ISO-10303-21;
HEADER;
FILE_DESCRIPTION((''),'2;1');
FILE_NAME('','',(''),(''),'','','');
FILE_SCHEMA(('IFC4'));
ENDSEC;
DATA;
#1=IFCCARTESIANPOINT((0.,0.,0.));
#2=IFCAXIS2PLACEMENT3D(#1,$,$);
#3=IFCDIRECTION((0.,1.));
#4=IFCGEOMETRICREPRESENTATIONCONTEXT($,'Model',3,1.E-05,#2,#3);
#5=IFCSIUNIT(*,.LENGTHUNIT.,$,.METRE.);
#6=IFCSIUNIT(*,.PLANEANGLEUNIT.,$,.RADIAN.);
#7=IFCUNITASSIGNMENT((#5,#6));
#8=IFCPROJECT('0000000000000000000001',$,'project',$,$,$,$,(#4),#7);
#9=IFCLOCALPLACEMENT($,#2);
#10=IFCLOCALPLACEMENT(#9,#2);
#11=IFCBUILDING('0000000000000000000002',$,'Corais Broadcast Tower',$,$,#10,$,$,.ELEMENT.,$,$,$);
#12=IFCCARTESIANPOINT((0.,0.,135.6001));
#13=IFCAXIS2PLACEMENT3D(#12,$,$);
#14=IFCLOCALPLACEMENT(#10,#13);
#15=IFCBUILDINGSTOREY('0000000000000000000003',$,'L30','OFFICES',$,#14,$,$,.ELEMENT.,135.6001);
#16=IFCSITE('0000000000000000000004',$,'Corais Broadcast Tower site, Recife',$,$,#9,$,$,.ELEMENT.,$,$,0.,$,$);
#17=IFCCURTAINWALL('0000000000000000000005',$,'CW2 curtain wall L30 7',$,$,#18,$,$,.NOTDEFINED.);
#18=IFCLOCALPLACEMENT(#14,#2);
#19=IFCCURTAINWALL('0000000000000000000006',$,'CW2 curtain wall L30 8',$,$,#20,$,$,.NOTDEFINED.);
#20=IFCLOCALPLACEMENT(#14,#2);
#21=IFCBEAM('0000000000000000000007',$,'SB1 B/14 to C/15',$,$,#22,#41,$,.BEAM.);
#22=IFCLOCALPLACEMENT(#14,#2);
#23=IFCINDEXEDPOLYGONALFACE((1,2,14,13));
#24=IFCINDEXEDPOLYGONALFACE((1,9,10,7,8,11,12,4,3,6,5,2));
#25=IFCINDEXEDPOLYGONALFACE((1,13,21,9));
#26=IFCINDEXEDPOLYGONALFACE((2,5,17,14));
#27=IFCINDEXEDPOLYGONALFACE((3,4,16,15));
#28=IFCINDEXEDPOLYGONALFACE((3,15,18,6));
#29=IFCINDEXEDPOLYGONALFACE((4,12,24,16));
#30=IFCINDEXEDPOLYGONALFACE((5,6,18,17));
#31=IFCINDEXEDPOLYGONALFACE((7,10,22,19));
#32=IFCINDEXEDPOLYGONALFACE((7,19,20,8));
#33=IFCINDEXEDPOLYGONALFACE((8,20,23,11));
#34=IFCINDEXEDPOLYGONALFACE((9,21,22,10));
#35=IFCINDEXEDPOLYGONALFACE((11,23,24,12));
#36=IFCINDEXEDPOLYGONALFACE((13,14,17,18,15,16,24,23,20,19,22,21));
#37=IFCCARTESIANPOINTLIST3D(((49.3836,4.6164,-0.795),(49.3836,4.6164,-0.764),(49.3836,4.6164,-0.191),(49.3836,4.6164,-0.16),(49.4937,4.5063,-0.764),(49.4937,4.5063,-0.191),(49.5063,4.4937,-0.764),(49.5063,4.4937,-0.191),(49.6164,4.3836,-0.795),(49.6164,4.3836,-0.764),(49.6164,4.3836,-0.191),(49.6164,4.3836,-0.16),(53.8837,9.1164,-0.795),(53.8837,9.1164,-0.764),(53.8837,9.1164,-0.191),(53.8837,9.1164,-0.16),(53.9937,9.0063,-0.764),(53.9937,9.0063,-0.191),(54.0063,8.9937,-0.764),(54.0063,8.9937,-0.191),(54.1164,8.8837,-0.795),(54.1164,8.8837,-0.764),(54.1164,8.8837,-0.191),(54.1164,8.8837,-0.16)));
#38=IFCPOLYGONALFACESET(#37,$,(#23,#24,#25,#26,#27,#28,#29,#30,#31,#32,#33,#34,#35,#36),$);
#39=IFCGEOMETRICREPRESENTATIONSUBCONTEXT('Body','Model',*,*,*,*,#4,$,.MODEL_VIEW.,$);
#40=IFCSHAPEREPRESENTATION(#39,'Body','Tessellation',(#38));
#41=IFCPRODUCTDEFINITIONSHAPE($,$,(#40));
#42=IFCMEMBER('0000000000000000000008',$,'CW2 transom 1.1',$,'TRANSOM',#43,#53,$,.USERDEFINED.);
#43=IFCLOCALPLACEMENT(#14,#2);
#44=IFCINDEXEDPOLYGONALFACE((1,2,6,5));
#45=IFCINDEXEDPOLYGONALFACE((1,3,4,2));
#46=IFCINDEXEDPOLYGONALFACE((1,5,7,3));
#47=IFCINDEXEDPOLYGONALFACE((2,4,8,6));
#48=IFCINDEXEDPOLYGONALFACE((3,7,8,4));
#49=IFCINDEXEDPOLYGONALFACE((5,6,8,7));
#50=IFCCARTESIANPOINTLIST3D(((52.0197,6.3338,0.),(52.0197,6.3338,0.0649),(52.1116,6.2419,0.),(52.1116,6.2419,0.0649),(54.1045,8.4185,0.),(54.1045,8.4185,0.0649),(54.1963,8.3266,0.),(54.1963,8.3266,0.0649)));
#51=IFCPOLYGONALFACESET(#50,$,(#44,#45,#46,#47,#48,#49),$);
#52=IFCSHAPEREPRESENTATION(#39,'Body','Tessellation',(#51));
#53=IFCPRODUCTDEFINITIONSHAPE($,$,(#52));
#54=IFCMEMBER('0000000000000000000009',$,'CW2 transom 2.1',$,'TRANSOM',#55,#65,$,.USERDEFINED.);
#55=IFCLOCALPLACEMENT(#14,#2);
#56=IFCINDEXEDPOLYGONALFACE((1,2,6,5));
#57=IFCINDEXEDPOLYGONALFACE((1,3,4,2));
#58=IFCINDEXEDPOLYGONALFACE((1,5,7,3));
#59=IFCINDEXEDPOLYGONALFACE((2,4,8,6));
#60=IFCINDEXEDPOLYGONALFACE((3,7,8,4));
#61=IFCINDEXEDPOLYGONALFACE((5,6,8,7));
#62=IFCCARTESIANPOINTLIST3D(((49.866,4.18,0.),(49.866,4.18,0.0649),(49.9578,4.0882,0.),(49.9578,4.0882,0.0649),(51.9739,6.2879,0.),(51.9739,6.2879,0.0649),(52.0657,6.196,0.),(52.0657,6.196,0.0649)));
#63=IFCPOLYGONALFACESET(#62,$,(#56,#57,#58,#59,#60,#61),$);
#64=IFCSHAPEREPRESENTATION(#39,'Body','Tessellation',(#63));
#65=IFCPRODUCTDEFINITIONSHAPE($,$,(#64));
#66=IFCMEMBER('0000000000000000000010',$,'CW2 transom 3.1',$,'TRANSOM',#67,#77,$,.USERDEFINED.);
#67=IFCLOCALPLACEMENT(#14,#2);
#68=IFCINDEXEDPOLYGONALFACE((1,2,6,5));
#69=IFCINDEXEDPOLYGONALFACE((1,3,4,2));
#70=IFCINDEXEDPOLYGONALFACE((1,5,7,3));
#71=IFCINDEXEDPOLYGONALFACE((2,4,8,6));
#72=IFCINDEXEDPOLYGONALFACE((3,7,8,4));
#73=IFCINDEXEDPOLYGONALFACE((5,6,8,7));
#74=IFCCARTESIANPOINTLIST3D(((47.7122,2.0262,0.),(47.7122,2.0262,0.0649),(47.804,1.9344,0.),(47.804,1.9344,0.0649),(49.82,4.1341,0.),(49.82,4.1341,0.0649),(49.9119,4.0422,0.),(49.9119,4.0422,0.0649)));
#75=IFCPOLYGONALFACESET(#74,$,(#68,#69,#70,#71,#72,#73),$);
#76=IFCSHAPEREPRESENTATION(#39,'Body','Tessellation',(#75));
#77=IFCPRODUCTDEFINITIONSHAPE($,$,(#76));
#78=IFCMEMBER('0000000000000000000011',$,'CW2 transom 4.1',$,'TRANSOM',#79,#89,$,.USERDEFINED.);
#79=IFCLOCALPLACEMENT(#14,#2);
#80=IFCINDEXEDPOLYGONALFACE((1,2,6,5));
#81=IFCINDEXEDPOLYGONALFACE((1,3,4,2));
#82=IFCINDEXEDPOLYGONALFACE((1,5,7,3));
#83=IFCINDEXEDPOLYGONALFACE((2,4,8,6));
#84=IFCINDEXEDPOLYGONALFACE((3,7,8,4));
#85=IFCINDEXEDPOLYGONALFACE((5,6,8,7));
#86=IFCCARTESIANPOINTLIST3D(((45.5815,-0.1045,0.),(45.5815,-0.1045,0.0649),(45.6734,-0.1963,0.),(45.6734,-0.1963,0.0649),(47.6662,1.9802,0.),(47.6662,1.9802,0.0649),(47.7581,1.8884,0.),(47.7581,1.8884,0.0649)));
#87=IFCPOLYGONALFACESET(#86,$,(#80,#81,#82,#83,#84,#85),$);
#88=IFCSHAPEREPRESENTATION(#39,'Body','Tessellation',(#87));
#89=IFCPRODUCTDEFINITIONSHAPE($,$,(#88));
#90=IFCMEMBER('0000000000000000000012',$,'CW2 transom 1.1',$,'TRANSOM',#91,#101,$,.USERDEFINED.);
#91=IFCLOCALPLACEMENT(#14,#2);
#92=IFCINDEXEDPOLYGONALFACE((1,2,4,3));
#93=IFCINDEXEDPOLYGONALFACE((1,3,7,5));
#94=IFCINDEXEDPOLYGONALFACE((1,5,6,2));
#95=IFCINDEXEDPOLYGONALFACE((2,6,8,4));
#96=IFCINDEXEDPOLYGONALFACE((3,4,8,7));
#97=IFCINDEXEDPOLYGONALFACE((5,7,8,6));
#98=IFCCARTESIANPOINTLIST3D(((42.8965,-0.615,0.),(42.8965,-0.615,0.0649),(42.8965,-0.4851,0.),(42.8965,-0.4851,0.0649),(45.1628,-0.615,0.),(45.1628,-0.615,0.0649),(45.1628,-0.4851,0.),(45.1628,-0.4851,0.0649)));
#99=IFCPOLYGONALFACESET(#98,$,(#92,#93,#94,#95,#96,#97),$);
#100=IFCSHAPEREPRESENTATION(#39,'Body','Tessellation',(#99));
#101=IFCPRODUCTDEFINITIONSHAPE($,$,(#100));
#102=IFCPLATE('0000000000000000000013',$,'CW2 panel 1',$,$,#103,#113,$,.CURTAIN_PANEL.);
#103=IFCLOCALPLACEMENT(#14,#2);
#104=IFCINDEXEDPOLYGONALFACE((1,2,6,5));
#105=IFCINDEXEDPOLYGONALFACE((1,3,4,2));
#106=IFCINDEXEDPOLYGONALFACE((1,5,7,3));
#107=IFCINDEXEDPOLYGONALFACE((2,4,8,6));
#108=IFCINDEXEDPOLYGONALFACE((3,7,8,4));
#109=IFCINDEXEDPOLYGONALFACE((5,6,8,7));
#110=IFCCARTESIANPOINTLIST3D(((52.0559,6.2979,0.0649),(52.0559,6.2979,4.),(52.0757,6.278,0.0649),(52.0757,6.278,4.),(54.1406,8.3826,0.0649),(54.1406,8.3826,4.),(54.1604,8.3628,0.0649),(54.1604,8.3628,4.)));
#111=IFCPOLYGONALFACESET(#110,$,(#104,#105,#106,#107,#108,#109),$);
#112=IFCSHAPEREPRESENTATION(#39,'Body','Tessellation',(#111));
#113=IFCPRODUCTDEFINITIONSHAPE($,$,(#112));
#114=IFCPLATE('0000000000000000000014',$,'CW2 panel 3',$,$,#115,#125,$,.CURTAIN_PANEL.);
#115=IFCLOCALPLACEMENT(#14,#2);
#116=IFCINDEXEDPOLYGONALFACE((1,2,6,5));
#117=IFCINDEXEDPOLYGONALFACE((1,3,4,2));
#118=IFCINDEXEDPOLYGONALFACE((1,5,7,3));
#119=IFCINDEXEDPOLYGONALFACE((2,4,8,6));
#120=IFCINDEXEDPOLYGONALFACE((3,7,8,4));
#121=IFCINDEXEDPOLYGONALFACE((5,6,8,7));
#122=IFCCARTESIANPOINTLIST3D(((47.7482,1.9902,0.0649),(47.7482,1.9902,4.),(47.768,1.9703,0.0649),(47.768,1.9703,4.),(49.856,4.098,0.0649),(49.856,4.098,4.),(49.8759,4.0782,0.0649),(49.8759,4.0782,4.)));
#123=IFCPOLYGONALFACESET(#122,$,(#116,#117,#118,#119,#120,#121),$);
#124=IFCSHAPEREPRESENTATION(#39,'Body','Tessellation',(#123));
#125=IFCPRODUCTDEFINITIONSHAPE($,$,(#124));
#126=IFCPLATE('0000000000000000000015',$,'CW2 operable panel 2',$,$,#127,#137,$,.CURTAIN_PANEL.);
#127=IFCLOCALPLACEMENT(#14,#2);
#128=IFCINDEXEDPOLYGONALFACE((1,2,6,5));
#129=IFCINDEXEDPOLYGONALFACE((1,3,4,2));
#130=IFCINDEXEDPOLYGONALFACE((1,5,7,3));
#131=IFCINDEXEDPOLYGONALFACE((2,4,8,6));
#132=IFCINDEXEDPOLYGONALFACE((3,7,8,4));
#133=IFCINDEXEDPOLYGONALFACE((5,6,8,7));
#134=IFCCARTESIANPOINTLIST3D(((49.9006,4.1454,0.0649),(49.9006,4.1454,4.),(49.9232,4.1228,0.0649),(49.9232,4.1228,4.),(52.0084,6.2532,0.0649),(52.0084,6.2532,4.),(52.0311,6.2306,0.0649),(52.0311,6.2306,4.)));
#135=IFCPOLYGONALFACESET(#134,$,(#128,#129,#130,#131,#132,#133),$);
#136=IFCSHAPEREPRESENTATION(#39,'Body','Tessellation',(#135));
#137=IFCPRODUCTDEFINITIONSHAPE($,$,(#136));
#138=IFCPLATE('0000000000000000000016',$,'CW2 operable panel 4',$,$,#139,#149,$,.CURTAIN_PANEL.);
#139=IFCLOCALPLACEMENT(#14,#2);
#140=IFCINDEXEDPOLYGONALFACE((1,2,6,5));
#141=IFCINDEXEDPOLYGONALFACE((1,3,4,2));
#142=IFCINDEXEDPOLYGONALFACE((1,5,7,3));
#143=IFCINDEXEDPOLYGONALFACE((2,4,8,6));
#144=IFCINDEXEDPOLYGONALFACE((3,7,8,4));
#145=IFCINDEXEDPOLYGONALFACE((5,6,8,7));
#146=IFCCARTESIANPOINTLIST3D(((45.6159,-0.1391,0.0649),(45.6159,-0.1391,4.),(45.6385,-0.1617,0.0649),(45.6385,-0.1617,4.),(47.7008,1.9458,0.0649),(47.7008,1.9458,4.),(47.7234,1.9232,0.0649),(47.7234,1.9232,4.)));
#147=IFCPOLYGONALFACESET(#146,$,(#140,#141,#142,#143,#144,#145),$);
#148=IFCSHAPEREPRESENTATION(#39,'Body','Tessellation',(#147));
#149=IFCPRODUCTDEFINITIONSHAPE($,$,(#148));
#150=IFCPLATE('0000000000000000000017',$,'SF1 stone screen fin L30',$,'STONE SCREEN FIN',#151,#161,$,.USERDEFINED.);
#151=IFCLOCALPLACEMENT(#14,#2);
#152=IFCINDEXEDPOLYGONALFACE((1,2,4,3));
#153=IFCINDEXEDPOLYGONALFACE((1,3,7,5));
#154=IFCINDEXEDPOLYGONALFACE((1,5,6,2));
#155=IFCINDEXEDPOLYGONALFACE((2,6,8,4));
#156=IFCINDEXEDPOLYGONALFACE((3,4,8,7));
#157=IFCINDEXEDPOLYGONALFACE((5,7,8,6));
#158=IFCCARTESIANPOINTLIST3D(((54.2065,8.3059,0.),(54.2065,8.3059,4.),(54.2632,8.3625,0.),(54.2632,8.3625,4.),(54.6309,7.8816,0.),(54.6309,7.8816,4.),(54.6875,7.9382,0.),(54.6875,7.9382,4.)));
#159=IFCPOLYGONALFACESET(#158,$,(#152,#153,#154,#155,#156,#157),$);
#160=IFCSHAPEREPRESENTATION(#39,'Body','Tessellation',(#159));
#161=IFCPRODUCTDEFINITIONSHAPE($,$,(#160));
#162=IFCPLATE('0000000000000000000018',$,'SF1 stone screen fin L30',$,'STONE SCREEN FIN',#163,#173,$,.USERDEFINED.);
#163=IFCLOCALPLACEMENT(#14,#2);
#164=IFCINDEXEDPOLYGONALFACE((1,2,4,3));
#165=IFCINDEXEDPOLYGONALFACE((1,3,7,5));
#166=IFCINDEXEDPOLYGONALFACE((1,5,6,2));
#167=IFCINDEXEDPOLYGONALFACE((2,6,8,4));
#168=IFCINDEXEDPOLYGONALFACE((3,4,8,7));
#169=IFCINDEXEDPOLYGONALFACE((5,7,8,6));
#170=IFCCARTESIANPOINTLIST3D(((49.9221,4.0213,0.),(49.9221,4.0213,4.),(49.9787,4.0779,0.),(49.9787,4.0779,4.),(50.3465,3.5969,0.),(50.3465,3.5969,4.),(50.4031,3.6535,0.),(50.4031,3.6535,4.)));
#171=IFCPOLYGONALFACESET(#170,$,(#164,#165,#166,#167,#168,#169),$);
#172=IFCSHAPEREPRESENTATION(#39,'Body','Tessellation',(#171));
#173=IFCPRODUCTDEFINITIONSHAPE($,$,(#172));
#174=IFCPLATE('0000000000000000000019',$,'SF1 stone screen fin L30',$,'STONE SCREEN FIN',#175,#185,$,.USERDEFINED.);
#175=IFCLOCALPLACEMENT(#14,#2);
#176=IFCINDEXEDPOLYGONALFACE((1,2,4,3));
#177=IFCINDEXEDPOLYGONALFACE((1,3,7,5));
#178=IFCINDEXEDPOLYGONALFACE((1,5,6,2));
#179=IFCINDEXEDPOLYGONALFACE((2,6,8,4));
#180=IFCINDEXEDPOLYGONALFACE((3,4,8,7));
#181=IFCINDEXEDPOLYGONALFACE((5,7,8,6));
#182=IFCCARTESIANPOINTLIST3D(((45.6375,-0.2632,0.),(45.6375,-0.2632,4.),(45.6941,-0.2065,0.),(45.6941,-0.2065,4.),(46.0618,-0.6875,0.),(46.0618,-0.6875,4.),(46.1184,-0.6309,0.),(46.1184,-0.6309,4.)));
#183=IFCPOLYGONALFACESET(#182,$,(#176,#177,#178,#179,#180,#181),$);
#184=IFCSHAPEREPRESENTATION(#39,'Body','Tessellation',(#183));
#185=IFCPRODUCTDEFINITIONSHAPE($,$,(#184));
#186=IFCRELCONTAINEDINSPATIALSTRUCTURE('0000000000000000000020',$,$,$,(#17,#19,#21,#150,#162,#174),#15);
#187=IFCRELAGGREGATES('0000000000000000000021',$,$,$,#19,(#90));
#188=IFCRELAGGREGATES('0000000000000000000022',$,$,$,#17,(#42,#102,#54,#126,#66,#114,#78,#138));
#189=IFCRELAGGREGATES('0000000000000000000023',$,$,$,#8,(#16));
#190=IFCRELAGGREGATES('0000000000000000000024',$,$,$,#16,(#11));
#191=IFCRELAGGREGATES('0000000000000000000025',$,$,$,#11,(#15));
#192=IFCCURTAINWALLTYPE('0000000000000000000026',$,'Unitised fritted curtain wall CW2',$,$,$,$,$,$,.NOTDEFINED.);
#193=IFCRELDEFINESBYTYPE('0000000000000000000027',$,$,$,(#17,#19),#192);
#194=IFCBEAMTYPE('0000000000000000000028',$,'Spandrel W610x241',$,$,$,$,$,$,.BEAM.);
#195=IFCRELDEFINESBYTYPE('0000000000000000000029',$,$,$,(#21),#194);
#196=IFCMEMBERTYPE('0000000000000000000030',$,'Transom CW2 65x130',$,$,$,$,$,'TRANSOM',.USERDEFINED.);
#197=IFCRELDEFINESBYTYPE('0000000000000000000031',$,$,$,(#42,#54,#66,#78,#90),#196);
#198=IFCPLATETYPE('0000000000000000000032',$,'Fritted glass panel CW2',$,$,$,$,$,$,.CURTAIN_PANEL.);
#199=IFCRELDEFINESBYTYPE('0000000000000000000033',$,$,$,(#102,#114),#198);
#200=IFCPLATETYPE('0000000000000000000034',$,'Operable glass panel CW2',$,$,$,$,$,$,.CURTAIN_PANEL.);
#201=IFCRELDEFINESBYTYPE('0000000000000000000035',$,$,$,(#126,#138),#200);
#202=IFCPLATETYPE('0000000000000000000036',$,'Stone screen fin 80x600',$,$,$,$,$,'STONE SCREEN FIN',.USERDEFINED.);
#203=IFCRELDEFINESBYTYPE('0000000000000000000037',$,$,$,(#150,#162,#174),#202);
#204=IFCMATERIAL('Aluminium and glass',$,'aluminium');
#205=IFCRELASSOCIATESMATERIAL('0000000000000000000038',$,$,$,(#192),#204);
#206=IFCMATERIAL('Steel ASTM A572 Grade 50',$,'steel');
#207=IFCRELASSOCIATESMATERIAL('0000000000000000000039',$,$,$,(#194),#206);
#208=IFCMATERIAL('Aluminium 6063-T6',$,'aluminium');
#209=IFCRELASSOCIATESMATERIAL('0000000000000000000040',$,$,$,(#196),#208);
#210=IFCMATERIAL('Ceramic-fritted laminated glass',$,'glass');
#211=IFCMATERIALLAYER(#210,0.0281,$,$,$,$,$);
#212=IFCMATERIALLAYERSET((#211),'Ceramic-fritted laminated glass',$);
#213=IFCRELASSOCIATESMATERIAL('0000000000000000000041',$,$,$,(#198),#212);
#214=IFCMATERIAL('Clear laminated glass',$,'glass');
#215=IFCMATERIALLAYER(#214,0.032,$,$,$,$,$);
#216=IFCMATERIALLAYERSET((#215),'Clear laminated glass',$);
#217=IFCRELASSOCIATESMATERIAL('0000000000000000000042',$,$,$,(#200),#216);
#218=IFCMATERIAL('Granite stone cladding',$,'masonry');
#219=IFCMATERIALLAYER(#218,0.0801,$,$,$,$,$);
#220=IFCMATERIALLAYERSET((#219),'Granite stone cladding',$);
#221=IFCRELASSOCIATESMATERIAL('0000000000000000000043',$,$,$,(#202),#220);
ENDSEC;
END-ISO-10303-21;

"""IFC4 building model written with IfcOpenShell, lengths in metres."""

from ifc_helpers import new_model, si_unit, direction, frame, origin, origin_2d, place, context, subcontext, project, spatial, rectangle, i_section, extrude, material, layer, layer_set, material_profile, profile_set, type_object, element, aggregate, save


model = new_model("IFC4")

# Units and contexts
model_context = context("Model", 3, precision=1e-05, world=origin(), true_north=direction((0.0, 1.0)))
body_context = subcontext(model_context, "Body", "Model", "MODEL_VIEW")
ifc_project = project(units=[si_unit("LENGTHUNIT", "METRE"), si_unit("PLANEANGLEUNIT", "RADIAN")], contexts=[model_context])

# Site, building, storey
site_placement = place(None, origin())
site = spatial("IfcSite", under=ifc_project, at=site_placement, Name="Corais Broadcast Tower site, Recife", CompositionType="ELEMENT", RefElevation=0.0)
building_placement = place(site_placement, origin())
building = spatial("IfcBuilding", under=site, at=building_placement, Name="Corais Broadcast Tower", CompositionType="ELEMENT")
storey_placement = place(building_placement, frame((0.0, 0.0, 135.6001)))
storey = spatial("IfcBuildingStorey", under=building, at=storey_placement, Name="L30", Description="OFFICES", CompositionType="ELEMENT", Elevation=135.6001)

# Shared definitions
ifc_material_1 = material(Name="Aluminium and glass", Category="aluminium")
curtain_wall_type = type_object("IfcCurtainWallType", Name="Unitised fritted curtain wall CW2", PredefinedType="NOTDEFINED", material=ifc_material_1)

# Curtain wall
curtain_wall_1_placement = place(storey_placement, origin())
curtain_wall_1 = element("IfcCurtainWall", 1, at=curtain_wall_1_placement, inside=storey, type_object=curtain_wall_type, Name="CW2 curtain wall L30 7", PredefinedType="NOTDEFINED")

# Curtain wall
curtain_wall_2_placement = place(storey_placement, origin())
curtain_wall_2 = element("IfcCurtainWall", 2, at=curtain_wall_2_placement, inside=storey, type_object=curtain_wall_type, Name="CW2 curtain wall L30 8", PredefinedType="NOTDEFINED")

# Beam
ifc_material_2 = material(Name="Steel ASTM A572 Grade 50", Category="steel")
ifc_material_profile_1 = material_profile(ifc_material_2, i_section(OverallWidth=0.3291, OverallDepth=0.635, WebThickness=0.0178, FlangeThickness=0.031, at=origin_2d()), Name="W610x241")
ifc_profile_set_1 = profile_set([ifc_material_profile_1], Name="Steel ASTM A572 Grade 50")
beam_type_1 = type_object("IfcBeamType", Name="Spandrel W610x241", PredefinedType="BEAM", material=ifc_profile_set_1)
beam_1_placement = place(storey_placement, frame((49.5, 4.5, -0.4775), z_axis=(0.707107, 0.707107, 0.0), x_axis=(-0.707107, 0.707107, 0.0)))
element("IfcBeam", 3, at=beam_1_placement, inside=storey, type_object=beam_type_1, Name="SB1 B/14 to C/15", PredefinedType="BEAM", context=body_context, shape_type="SweptSolid", body=[
    extrude(i_section(OverallWidth=0.3291, OverallDepth=0.635, WebThickness=0.0178, FlangeThickness=0.031, at=origin_2d()), origin(), (0.0, 0.0, 1.0), 6.364),
])

# Members
ifc_material_3 = material(Name="Aluminium 6063-T6", Category="aluminium")
ifc_material_profile_2 = material_profile(ifc_material_3, rectangle(XDim=0.1299, YDim=0.0649, at=origin_2d()), Name="Transom CW2 65x130")
ifc_profile_set_2 = profile_set([ifc_material_profile_2], Name="Aluminium 6063-T6")
member_type_1 = type_object("IfcMemberType", Name="Transom CW2 65x130", ElementType="TRANSOM", PredefinedType="USERDEFINED", material=ifc_profile_set_2)
member_1_placement = place(storey_placement, frame((54.1504, 8.3726, 0.0325), z_axis=(-0.707107, -0.707107, 0.0), x_axis=(0.707107, -0.707107, 0.0)))
member_1 = element("IfcMember", 4, at=member_1_placement, type_object=member_type_1, Name="CW2 transom 1.1", ObjectType="TRANSOM", PredefinedType="USERDEFINED", context=body_context, shape_type="SweptSolid", body=[
    extrude(rectangle(XDim=0.1299, YDim=0.0649, at=origin_2d()), origin(), (0.0, 0.0, 1.0), 2.9482),
])
member_2_placement = place(storey_placement, frame((52.0198, 6.2419, 0.0325), z_axis=(-0.707107, -0.707107, 0.0), x_axis=(0.707107, -0.707107, 0.0)))
member_2 = element("IfcMember", 5, at=member_2_placement, type_object=member_type_1, Name="CW2 transom 2.1", ObjectType="TRANSOM", PredefinedType="USERDEFINED", context=body_context, shape_type="SweptSolid", body=[
    extrude(rectangle(XDim=0.1299, YDim=0.0649, at=origin_2d()), origin(), (0.0, 0.0, 1.0), 2.981),
])
member_3_placement = place(storey_placement, frame((49.866, 4.0881, 0.0325), z_axis=(-0.707107, -0.707107, 0.0), x_axis=(0.707107, -0.707107, 0.0)))
member_3 = element("IfcMember", 6, at=member_3_placement, type_object=member_type_1, Name="CW2 transom 3.1", ObjectType="TRANSOM", PredefinedType="USERDEFINED", context=body_context, shape_type="SweptSolid", body=[
    extrude(rectangle(XDim=0.1299, YDim=0.0649, at=origin_2d()), origin(), (0.0, 0.0, 1.0), 2.981),
])
member_4_placement = place(storey_placement, frame((47.7122, 1.9343, 0.0325), z_axis=(-0.707107, -0.707107, 0.0), x_axis=(0.707107, -0.707107, 0.0)))
member_4 = element("IfcMember", 7, at=member_4_placement, type_object=member_type_1, Name="CW2 transom 4.1", ObjectType="TRANSOM", PredefinedType="USERDEFINED", context=body_context, shape_type="SweptSolid", body=[
    extrude(rectangle(XDim=0.1299, YDim=0.0649, at=origin_2d()), origin(), (0.0, 0.0, 1.0), 2.9482),
])
member_5_placement = place(storey_placement, frame((45.1628, -0.55, 0.0325), z_axis=(-1.0, 0.0, 0.0), x_axis=(0.0, -1.0, 0.0)))
member_5 = element("IfcMember", 8, at=member_5_placement, type_object=member_type_1, Name="CW2 transom 1.1", ObjectType="TRANSOM", PredefinedType="USERDEFINED", context=body_context, shape_type="SweptSolid", body=[
    extrude(rectangle(XDim=0.1299, YDim=0.0649, at=origin_2d()), origin(), (0.0, 0.0, 1.0), 2.2664),
])
aggregate(curtain_wall_2, [member_5])

# Plates
ifc_material_4 = material(Name="Ceramic-fritted laminated glass", Category="glass")
ifc_layer_1 = layer(ifc_material_4, 0.0281)
ifc_layer_set_1 = layer_set([ifc_layer_1], Name="Ceramic-fritted laminated glass")
plate_type_1 = type_object("IfcPlateType", Name="Fritted glass panel CW2", PredefinedType="CURTAIN_PANEL", material=ifc_layer_set_1)
plate_1_placement = place(storey_placement, frame((53.1082, 7.3303, 0.0649), z_axis=(0.0, 0.0, 1.0), x_axis=(-0.707107, -0.707107, 0.0)))
plate_1 = element("IfcPlate", 9, at=plate_1_placement, type_object=plate_type_1, Name="CW2 panel 1", PredefinedType="CURTAIN_PANEL", context=body_context, shape_type="SweptSolid", body=[
    extrude(rectangle(XDim=2.9482, YDim=0.0281, at=origin_2d()), origin(), (0.0, 0.0, 1.0), 3.9351),
])
plate_2_placement = place(storey_placement, frame((48.812, 3.0342, 0.0649), z_axis=(0.0, 0.0, 1.0), x_axis=(-0.707107, -0.707107, 0.0)))
plate_2 = element("IfcPlate", 10, at=plate_2_placement, type_object=plate_type_1, Name="CW2 panel 3", PredefinedType="CURTAIN_PANEL", context=body_context, shape_type="SweptSolid", body=[
    extrude(rectangle(XDim=2.981, YDim=0.0281, at=origin_2d()), origin(), (0.0, 0.0, 1.0), 3.9351),
])
ifc_material_5 = material(Name="Clear laminated glass", Category="glass")
ifc_layer_2 = layer(ifc_material_5, 0.032)
ifc_layer_set_2 = layer_set([ifc_layer_2], Name="Clear laminated glass")
plate_type_2 = type_object("IfcPlateType", Name="Operable glass panel CW2", PredefinedType="CURTAIN_PANEL", material=ifc_layer_set_2)
plate_3_placement = place(storey_placement, frame((50.9658, 5.188, 0.0649), z_axis=(0.0, 0.0, 1.0), x_axis=(-0.707107, -0.707107, 0.0)))
plate_3 = element("IfcPlate", 11, at=plate_3_placement, type_object=plate_type_2, Name="CW2 operable panel 2", PredefinedType="CURTAIN_PANEL", context=body_context, shape_type="SweptSolid", body=[
    extrude(rectangle(XDim=2.981, YDim=0.032, at=origin_2d()), origin(), (0.0, 0.0, 1.0), 3.9351),
])
plate_4_placement = place(storey_placement, frame((46.6697, 0.8921, 0.0649), z_axis=(0.0, 0.0, 1.0), x_axis=(-0.707107, -0.707107, 0.0)))
plate_4 = element("IfcPlate", 12, at=plate_4_placement, type_object=plate_type_2, Name="CW2 operable panel 4", PredefinedType="CURTAIN_PANEL", context=body_context, shape_type="SweptSolid", body=[
    extrude(rectangle(XDim=2.9485, YDim=0.032, at=origin_2d()), origin(), (0.0, 0.0, 1.0), 3.9351),
])
aggregate(curtain_wall_1, [member_1, plate_1, member_2, plate_3, member_3, plate_2, member_4, plate_4])

# Plates
ifc_material_6 = material(Name="Granite stone cladding", Category="masonry")
ifc_layer_3 = layer(ifc_material_6, 0.0801)
ifc_layer_set_3 = layer_set([ifc_layer_3], Name="Granite stone cladding")
plate_type_3 = type_object("IfcPlateType", Name="Stone screen fin 80x600", ElementType="STONE SCREEN FIN", PredefinedType="USERDEFINED", material=ifc_layer_set_3)
for number, where, z_axis, x_axis, name in (
    (13, (54.447, 8.1221, 0.0), (0.0, 0.0, 1.0), (-0.707107, -0.707107, 0.0), "SF1 stone screen fin L30"),
    (14, (50.1626, 3.8374, 0.0), (0.0, 0.0, 1.0), (-0.707107, -0.707107, 0.0), "SF1 stone screen fin L30"),
    (15, (45.8779, -0.447, 0.0), (0.0, 0.0, 1.0), (-0.707107, -0.707107, 0.0), "SF1 stone screen fin L30"),
):
    element("IfcPlate", number, at=place(storey_placement, frame(where, z_axis=z_axis, x_axis=x_axis)), inside=storey, type_object=plate_type_3, Name=name, ObjectType="STONE SCREEN FIN", PredefinedType="USERDEFINED", context=body_context, shape_type="SweptSolid", body=[
        extrude(rectangle(XDim=0.0801, YDim=0.6001, at=origin_2d()), origin(), (0.0, 0.0, 1.0), 4.0),
    ])

save(model, "model.ifc")
